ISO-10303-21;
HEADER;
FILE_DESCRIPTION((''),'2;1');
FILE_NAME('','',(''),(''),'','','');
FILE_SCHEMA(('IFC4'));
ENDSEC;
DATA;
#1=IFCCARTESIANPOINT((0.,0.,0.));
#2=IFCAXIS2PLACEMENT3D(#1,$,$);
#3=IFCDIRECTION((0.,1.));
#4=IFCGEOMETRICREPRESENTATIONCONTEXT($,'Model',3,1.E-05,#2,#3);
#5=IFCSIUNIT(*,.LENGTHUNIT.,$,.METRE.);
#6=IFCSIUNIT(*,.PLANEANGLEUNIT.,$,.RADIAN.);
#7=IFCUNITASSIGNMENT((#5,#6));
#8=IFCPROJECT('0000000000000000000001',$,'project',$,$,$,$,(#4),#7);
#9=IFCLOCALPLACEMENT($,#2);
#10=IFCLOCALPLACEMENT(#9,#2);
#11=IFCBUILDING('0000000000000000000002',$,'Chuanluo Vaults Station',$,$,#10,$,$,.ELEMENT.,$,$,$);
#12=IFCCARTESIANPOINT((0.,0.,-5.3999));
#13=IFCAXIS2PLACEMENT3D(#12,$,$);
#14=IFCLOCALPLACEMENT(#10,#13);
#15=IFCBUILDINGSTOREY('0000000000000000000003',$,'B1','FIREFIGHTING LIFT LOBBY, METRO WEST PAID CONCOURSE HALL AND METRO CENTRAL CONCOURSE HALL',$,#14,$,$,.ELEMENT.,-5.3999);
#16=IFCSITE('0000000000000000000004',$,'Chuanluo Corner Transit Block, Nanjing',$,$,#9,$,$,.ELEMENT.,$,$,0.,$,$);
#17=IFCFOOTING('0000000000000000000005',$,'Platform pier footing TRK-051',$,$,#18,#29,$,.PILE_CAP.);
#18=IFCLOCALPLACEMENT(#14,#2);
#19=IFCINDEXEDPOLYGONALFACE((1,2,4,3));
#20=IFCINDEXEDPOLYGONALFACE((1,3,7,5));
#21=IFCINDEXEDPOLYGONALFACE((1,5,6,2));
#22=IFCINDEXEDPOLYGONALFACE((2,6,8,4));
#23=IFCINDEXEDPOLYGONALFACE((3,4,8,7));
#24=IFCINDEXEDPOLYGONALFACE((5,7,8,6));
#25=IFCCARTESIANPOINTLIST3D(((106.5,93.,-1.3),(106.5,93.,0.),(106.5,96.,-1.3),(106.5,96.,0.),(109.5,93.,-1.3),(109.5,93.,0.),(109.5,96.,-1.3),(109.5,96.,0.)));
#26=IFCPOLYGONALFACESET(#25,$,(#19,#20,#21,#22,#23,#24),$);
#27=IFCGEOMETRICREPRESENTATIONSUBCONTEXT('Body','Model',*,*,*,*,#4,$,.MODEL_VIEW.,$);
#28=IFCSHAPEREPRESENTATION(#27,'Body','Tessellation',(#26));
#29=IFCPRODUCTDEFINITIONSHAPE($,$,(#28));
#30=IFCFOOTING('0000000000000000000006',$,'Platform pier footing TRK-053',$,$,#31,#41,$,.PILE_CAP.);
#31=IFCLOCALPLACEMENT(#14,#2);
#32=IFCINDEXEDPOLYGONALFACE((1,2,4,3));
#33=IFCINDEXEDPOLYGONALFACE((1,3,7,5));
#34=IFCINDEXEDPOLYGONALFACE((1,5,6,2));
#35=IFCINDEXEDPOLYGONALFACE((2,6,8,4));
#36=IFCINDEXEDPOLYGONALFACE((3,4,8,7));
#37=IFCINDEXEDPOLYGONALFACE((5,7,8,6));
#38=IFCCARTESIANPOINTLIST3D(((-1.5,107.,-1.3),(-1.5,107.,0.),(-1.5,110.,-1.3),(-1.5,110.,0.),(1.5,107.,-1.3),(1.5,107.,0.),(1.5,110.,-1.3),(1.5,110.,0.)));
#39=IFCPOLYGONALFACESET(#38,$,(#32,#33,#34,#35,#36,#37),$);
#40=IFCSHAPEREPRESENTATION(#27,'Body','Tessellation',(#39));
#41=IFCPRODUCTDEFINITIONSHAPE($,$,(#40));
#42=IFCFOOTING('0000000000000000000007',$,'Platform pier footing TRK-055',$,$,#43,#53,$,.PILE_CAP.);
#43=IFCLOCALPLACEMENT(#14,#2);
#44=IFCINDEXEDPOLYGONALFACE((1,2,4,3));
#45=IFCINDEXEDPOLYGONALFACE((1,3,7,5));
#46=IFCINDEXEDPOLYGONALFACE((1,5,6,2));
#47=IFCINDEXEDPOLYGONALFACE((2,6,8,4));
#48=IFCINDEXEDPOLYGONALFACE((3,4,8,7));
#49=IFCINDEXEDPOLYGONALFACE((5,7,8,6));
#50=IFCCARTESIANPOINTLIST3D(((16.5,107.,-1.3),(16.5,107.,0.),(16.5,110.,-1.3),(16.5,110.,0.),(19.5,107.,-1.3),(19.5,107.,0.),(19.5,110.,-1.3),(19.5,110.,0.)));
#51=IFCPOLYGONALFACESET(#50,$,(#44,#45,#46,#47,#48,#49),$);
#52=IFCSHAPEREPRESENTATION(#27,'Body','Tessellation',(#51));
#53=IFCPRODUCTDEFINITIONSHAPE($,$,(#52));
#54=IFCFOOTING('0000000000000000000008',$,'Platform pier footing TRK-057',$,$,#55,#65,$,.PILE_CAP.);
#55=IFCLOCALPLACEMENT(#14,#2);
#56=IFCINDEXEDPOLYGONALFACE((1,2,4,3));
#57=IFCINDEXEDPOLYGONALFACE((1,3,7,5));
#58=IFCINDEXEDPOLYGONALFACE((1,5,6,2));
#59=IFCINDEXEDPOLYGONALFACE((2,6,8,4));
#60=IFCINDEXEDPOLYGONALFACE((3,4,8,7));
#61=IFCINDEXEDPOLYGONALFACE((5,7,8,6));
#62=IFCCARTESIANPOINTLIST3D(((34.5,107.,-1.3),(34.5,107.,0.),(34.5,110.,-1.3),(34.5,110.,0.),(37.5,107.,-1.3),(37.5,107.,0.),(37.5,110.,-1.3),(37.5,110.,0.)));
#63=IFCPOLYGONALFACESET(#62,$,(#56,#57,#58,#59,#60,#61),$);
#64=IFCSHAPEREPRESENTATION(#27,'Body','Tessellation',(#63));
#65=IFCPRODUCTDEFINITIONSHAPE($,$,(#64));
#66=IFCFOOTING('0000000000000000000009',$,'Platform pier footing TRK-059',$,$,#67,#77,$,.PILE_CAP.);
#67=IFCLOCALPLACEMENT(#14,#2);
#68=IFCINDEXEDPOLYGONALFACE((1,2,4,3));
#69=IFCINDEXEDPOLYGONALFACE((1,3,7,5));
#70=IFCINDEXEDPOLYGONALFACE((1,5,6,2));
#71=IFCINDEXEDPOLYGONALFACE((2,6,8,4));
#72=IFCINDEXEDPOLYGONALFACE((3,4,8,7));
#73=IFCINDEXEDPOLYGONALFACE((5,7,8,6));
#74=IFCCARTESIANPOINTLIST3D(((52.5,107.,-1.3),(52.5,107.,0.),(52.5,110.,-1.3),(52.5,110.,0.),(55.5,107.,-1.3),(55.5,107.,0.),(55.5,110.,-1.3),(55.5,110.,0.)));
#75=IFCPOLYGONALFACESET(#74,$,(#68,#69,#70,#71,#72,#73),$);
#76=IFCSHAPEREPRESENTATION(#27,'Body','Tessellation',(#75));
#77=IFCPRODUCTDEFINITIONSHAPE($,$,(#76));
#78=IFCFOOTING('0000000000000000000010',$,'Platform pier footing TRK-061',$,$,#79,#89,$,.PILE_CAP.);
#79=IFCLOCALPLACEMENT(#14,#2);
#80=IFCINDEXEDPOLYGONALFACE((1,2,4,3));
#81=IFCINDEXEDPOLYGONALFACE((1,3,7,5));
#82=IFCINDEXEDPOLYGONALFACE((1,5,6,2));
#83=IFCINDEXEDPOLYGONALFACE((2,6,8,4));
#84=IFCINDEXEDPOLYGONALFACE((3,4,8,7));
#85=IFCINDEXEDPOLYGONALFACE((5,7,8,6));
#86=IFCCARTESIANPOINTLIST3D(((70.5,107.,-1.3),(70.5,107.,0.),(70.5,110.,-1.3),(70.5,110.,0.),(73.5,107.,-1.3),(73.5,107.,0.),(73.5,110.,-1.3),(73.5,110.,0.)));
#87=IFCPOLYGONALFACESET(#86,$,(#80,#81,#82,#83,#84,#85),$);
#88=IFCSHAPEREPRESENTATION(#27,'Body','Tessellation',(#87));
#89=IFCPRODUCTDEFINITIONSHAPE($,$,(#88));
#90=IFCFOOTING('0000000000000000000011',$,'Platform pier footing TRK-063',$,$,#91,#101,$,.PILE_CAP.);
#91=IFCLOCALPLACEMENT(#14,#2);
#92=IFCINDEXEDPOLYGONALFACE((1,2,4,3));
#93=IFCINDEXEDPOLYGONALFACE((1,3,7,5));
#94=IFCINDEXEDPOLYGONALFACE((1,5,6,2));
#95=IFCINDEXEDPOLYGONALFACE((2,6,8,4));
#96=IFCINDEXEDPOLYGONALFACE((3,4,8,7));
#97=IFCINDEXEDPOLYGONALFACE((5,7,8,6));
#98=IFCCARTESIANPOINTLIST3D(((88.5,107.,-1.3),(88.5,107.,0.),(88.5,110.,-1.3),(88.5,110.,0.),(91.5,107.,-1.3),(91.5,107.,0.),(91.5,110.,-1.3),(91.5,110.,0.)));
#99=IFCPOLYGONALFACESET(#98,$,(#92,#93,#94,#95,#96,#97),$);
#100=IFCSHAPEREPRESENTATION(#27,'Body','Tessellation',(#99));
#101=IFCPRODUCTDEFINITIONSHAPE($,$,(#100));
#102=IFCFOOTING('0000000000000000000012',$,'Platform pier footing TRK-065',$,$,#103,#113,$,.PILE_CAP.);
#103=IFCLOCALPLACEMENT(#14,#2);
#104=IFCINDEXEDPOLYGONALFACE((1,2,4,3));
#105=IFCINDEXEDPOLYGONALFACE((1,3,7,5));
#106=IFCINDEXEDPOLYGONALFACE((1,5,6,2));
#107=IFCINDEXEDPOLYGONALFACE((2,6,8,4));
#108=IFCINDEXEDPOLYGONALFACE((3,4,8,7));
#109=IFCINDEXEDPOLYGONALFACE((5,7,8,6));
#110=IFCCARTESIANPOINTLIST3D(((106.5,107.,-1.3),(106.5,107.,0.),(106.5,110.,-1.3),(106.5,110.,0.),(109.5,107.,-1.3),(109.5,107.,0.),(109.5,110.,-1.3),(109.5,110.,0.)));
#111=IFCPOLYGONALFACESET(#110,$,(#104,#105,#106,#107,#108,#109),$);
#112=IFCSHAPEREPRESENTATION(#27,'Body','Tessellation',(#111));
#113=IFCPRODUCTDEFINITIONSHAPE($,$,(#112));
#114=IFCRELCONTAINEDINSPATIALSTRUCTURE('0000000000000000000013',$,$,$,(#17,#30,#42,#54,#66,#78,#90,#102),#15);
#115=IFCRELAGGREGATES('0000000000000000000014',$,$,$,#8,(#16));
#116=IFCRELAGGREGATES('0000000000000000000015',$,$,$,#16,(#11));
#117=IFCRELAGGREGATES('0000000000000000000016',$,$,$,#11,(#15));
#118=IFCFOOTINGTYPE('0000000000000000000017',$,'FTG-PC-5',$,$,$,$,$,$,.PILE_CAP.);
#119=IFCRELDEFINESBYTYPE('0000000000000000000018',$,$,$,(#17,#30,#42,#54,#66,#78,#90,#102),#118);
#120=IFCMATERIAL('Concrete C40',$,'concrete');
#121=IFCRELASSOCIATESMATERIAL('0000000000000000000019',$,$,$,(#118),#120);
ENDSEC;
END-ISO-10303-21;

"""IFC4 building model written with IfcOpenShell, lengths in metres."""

from ifc_helpers import new_model, si_unit, direction, frame, origin, place, context, subcontext, project, spatial, polyline, outline, extrude, material, type_object, element, save


model = new_model("IFC4")

# Units and contexts
model_context = context("Model", 3, precision=1e-05, world=origin(), true_north=direction((0.0, 1.0)))
body_context = subcontext(model_context, "Body", "Model", "MODEL_VIEW")
ifc_project = project(units=[si_unit("LENGTHUNIT", "METRE"), si_unit("PLANEANGLEUNIT", "RADIAN")], contexts=[model_context])

# Site, building, storey
site_placement = place(None, origin())
site = spatial("IfcSite", under=ifc_project, at=site_placement, Name="Chuanluo Corner Transit Block, Nanjing", CompositionType="ELEMENT", RefElevation=0.0)
building_placement = place(site_placement, origin())
building = spatial("IfcBuilding", under=site, at=building_placement, Name="Chuanluo Vaults Station", CompositionType="ELEMENT")
storey_placement = place(building_placement, frame((0.0, 0.0, -5.3999)))
storey = spatial("IfcBuildingStorey", under=building, at=storey_placement, Name="B1", Description="FIREFIGHTING LIFT LOBBY, METRO WEST PAID CONCOURSE HALL AND METRO CENTRAL CONCOURSE HALL", CompositionType="ELEMENT", Elevation=-5.3999)

# Footings
ifc_material_1 = material(Name="Concrete C40", Category="concrete")
footing_type_1 = type_object("IfcFootingType", Name="FTG-PC-5", PredefinedType="PILE_CAP", material=ifc_material_1)
footing_1_placement = place(storey_placement, frame((0.0, 0.0, -1.3)))
element("IfcFooting", 1, at=footing_1_placement, inside=storey, type_object=footing_type_1, Name="Platform pier footing TRK-051", PredefinedType="PILE_CAP", context=body_context, shape_type="SweptSolid", body=[
    extrude(outline(polyline([(106.5, 93.0), (109.5, 93.0), (109.5, 96.0), (106.5, 96.0), (106.5, 93.0)])), origin(), (0.0, 0.0, 1.0), 1.3),
])
footing_2_placement = place(storey_placement, frame((0.0, 0.0, -1.3)))
element("IfcFooting", 2, at=footing_2_placement, inside=storey, type_object=footing_type_1, Name="Platform pier footing TRK-053", PredefinedType="PILE_CAP", context=body_context, shape_type="SweptSolid", body=[
    extrude(outline(polyline([(-1.5, 107.0), (1.5, 107.0), (1.5, 110.0), (-1.5, 110.0), (-1.5, 107.0)])), origin(), (0.0, 0.0, 1.0), 1.3),
])
footing_3_placement = place(storey_placement, frame((0.0, 0.0, -1.3)))
element("IfcFooting", 3, at=footing_3_placement, inside=storey, type_object=footing_type_1, Name="Platform pier footing TRK-055", PredefinedType="PILE_CAP", context=body_context, shape_type="SweptSolid", body=[
    extrude(outline(polyline([(16.5, 107.0), (19.5, 107.0), (19.5, 110.0), (16.5, 110.0), (16.5, 107.0)])), origin(), (0.0, 0.0, 1.0), 1.3),
])
footing_4_placement = place(storey_placement, frame((0.0, 0.0, -1.3)))
element("IfcFooting", 4, at=footing_4_placement, inside=storey, type_object=footing_type_1, Name="Platform pier footing TRK-057", PredefinedType="PILE_CAP", context=body_context, shape_type="SweptSolid", body=[
    extrude(outline(polyline([(34.5, 107.0), (37.5, 107.0), (37.5, 110.0), (34.5, 110.0), (34.5, 107.0)])), origin(), (0.0, 0.0, 1.0), 1.3),
])
footing_5_placement = place(storey_placement, frame((0.0, 0.0, -1.3)))
element("IfcFooting", 5, at=footing_5_placement, inside=storey, type_object=footing_type_1, Name="Platform pier footing TRK-059", PredefinedType="PILE_CAP", context=body_context, shape_type="SweptSolid", body=[
    extrude(outline(polyline([(52.5, 107.0), (55.5, 107.0), (55.5, 110.0), (52.5, 110.0), (52.5, 107.0)])), origin(), (0.0, 0.0, 1.0), 1.3),
])
footing_6_placement = place(storey_placement, frame((0.0, 0.0, -1.3)))
element("IfcFooting", 6, at=footing_6_placement, inside=storey, type_object=footing_type_1, Name="Platform pier footing TRK-061", PredefinedType="PILE_CAP", context=body_context, shape_type="SweptSolid", body=[
    extrude(outline(polyline([(70.5, 107.0), (73.5, 107.0), (73.5, 110.0), (70.5, 110.0), (70.5, 107.0)])), origin(), (0.0, 0.0, 1.0), 1.3),
])
footing_7_placement = place(storey_placement, frame((0.0, 0.0, -1.3)))
element("IfcFooting", 7, at=footing_7_placement, inside=storey, type_object=footing_type_1, Name="Platform pier footing TRK-063", PredefinedType="PILE_CAP", context=body_context, shape_type="SweptSolid", body=[
    extrude(outline(polyline([(88.5, 107.0), (91.5, 107.0), (91.5, 110.0), (88.5, 110.0), (88.5, 107.0)])), origin(), (0.0, 0.0, 1.0), 1.3),
])
footing_8_placement = place(storey_placement, frame((0.0, 0.0, -1.3)))
element("IfcFooting", 8, at=footing_8_placement, inside=storey, type_object=footing_type_1, Name="Platform pier footing TRK-065", PredefinedType="PILE_CAP", context=body_context, shape_type="SweptSolid", body=[
    extrude(outline(polyline([(106.5, 107.0), (109.5, 107.0), (109.5, 110.0), (106.5, 110.0), (106.5, 107.0)])), origin(), (0.0, 0.0, 1.0), 1.3),
])

save(model, "model.ifc")
